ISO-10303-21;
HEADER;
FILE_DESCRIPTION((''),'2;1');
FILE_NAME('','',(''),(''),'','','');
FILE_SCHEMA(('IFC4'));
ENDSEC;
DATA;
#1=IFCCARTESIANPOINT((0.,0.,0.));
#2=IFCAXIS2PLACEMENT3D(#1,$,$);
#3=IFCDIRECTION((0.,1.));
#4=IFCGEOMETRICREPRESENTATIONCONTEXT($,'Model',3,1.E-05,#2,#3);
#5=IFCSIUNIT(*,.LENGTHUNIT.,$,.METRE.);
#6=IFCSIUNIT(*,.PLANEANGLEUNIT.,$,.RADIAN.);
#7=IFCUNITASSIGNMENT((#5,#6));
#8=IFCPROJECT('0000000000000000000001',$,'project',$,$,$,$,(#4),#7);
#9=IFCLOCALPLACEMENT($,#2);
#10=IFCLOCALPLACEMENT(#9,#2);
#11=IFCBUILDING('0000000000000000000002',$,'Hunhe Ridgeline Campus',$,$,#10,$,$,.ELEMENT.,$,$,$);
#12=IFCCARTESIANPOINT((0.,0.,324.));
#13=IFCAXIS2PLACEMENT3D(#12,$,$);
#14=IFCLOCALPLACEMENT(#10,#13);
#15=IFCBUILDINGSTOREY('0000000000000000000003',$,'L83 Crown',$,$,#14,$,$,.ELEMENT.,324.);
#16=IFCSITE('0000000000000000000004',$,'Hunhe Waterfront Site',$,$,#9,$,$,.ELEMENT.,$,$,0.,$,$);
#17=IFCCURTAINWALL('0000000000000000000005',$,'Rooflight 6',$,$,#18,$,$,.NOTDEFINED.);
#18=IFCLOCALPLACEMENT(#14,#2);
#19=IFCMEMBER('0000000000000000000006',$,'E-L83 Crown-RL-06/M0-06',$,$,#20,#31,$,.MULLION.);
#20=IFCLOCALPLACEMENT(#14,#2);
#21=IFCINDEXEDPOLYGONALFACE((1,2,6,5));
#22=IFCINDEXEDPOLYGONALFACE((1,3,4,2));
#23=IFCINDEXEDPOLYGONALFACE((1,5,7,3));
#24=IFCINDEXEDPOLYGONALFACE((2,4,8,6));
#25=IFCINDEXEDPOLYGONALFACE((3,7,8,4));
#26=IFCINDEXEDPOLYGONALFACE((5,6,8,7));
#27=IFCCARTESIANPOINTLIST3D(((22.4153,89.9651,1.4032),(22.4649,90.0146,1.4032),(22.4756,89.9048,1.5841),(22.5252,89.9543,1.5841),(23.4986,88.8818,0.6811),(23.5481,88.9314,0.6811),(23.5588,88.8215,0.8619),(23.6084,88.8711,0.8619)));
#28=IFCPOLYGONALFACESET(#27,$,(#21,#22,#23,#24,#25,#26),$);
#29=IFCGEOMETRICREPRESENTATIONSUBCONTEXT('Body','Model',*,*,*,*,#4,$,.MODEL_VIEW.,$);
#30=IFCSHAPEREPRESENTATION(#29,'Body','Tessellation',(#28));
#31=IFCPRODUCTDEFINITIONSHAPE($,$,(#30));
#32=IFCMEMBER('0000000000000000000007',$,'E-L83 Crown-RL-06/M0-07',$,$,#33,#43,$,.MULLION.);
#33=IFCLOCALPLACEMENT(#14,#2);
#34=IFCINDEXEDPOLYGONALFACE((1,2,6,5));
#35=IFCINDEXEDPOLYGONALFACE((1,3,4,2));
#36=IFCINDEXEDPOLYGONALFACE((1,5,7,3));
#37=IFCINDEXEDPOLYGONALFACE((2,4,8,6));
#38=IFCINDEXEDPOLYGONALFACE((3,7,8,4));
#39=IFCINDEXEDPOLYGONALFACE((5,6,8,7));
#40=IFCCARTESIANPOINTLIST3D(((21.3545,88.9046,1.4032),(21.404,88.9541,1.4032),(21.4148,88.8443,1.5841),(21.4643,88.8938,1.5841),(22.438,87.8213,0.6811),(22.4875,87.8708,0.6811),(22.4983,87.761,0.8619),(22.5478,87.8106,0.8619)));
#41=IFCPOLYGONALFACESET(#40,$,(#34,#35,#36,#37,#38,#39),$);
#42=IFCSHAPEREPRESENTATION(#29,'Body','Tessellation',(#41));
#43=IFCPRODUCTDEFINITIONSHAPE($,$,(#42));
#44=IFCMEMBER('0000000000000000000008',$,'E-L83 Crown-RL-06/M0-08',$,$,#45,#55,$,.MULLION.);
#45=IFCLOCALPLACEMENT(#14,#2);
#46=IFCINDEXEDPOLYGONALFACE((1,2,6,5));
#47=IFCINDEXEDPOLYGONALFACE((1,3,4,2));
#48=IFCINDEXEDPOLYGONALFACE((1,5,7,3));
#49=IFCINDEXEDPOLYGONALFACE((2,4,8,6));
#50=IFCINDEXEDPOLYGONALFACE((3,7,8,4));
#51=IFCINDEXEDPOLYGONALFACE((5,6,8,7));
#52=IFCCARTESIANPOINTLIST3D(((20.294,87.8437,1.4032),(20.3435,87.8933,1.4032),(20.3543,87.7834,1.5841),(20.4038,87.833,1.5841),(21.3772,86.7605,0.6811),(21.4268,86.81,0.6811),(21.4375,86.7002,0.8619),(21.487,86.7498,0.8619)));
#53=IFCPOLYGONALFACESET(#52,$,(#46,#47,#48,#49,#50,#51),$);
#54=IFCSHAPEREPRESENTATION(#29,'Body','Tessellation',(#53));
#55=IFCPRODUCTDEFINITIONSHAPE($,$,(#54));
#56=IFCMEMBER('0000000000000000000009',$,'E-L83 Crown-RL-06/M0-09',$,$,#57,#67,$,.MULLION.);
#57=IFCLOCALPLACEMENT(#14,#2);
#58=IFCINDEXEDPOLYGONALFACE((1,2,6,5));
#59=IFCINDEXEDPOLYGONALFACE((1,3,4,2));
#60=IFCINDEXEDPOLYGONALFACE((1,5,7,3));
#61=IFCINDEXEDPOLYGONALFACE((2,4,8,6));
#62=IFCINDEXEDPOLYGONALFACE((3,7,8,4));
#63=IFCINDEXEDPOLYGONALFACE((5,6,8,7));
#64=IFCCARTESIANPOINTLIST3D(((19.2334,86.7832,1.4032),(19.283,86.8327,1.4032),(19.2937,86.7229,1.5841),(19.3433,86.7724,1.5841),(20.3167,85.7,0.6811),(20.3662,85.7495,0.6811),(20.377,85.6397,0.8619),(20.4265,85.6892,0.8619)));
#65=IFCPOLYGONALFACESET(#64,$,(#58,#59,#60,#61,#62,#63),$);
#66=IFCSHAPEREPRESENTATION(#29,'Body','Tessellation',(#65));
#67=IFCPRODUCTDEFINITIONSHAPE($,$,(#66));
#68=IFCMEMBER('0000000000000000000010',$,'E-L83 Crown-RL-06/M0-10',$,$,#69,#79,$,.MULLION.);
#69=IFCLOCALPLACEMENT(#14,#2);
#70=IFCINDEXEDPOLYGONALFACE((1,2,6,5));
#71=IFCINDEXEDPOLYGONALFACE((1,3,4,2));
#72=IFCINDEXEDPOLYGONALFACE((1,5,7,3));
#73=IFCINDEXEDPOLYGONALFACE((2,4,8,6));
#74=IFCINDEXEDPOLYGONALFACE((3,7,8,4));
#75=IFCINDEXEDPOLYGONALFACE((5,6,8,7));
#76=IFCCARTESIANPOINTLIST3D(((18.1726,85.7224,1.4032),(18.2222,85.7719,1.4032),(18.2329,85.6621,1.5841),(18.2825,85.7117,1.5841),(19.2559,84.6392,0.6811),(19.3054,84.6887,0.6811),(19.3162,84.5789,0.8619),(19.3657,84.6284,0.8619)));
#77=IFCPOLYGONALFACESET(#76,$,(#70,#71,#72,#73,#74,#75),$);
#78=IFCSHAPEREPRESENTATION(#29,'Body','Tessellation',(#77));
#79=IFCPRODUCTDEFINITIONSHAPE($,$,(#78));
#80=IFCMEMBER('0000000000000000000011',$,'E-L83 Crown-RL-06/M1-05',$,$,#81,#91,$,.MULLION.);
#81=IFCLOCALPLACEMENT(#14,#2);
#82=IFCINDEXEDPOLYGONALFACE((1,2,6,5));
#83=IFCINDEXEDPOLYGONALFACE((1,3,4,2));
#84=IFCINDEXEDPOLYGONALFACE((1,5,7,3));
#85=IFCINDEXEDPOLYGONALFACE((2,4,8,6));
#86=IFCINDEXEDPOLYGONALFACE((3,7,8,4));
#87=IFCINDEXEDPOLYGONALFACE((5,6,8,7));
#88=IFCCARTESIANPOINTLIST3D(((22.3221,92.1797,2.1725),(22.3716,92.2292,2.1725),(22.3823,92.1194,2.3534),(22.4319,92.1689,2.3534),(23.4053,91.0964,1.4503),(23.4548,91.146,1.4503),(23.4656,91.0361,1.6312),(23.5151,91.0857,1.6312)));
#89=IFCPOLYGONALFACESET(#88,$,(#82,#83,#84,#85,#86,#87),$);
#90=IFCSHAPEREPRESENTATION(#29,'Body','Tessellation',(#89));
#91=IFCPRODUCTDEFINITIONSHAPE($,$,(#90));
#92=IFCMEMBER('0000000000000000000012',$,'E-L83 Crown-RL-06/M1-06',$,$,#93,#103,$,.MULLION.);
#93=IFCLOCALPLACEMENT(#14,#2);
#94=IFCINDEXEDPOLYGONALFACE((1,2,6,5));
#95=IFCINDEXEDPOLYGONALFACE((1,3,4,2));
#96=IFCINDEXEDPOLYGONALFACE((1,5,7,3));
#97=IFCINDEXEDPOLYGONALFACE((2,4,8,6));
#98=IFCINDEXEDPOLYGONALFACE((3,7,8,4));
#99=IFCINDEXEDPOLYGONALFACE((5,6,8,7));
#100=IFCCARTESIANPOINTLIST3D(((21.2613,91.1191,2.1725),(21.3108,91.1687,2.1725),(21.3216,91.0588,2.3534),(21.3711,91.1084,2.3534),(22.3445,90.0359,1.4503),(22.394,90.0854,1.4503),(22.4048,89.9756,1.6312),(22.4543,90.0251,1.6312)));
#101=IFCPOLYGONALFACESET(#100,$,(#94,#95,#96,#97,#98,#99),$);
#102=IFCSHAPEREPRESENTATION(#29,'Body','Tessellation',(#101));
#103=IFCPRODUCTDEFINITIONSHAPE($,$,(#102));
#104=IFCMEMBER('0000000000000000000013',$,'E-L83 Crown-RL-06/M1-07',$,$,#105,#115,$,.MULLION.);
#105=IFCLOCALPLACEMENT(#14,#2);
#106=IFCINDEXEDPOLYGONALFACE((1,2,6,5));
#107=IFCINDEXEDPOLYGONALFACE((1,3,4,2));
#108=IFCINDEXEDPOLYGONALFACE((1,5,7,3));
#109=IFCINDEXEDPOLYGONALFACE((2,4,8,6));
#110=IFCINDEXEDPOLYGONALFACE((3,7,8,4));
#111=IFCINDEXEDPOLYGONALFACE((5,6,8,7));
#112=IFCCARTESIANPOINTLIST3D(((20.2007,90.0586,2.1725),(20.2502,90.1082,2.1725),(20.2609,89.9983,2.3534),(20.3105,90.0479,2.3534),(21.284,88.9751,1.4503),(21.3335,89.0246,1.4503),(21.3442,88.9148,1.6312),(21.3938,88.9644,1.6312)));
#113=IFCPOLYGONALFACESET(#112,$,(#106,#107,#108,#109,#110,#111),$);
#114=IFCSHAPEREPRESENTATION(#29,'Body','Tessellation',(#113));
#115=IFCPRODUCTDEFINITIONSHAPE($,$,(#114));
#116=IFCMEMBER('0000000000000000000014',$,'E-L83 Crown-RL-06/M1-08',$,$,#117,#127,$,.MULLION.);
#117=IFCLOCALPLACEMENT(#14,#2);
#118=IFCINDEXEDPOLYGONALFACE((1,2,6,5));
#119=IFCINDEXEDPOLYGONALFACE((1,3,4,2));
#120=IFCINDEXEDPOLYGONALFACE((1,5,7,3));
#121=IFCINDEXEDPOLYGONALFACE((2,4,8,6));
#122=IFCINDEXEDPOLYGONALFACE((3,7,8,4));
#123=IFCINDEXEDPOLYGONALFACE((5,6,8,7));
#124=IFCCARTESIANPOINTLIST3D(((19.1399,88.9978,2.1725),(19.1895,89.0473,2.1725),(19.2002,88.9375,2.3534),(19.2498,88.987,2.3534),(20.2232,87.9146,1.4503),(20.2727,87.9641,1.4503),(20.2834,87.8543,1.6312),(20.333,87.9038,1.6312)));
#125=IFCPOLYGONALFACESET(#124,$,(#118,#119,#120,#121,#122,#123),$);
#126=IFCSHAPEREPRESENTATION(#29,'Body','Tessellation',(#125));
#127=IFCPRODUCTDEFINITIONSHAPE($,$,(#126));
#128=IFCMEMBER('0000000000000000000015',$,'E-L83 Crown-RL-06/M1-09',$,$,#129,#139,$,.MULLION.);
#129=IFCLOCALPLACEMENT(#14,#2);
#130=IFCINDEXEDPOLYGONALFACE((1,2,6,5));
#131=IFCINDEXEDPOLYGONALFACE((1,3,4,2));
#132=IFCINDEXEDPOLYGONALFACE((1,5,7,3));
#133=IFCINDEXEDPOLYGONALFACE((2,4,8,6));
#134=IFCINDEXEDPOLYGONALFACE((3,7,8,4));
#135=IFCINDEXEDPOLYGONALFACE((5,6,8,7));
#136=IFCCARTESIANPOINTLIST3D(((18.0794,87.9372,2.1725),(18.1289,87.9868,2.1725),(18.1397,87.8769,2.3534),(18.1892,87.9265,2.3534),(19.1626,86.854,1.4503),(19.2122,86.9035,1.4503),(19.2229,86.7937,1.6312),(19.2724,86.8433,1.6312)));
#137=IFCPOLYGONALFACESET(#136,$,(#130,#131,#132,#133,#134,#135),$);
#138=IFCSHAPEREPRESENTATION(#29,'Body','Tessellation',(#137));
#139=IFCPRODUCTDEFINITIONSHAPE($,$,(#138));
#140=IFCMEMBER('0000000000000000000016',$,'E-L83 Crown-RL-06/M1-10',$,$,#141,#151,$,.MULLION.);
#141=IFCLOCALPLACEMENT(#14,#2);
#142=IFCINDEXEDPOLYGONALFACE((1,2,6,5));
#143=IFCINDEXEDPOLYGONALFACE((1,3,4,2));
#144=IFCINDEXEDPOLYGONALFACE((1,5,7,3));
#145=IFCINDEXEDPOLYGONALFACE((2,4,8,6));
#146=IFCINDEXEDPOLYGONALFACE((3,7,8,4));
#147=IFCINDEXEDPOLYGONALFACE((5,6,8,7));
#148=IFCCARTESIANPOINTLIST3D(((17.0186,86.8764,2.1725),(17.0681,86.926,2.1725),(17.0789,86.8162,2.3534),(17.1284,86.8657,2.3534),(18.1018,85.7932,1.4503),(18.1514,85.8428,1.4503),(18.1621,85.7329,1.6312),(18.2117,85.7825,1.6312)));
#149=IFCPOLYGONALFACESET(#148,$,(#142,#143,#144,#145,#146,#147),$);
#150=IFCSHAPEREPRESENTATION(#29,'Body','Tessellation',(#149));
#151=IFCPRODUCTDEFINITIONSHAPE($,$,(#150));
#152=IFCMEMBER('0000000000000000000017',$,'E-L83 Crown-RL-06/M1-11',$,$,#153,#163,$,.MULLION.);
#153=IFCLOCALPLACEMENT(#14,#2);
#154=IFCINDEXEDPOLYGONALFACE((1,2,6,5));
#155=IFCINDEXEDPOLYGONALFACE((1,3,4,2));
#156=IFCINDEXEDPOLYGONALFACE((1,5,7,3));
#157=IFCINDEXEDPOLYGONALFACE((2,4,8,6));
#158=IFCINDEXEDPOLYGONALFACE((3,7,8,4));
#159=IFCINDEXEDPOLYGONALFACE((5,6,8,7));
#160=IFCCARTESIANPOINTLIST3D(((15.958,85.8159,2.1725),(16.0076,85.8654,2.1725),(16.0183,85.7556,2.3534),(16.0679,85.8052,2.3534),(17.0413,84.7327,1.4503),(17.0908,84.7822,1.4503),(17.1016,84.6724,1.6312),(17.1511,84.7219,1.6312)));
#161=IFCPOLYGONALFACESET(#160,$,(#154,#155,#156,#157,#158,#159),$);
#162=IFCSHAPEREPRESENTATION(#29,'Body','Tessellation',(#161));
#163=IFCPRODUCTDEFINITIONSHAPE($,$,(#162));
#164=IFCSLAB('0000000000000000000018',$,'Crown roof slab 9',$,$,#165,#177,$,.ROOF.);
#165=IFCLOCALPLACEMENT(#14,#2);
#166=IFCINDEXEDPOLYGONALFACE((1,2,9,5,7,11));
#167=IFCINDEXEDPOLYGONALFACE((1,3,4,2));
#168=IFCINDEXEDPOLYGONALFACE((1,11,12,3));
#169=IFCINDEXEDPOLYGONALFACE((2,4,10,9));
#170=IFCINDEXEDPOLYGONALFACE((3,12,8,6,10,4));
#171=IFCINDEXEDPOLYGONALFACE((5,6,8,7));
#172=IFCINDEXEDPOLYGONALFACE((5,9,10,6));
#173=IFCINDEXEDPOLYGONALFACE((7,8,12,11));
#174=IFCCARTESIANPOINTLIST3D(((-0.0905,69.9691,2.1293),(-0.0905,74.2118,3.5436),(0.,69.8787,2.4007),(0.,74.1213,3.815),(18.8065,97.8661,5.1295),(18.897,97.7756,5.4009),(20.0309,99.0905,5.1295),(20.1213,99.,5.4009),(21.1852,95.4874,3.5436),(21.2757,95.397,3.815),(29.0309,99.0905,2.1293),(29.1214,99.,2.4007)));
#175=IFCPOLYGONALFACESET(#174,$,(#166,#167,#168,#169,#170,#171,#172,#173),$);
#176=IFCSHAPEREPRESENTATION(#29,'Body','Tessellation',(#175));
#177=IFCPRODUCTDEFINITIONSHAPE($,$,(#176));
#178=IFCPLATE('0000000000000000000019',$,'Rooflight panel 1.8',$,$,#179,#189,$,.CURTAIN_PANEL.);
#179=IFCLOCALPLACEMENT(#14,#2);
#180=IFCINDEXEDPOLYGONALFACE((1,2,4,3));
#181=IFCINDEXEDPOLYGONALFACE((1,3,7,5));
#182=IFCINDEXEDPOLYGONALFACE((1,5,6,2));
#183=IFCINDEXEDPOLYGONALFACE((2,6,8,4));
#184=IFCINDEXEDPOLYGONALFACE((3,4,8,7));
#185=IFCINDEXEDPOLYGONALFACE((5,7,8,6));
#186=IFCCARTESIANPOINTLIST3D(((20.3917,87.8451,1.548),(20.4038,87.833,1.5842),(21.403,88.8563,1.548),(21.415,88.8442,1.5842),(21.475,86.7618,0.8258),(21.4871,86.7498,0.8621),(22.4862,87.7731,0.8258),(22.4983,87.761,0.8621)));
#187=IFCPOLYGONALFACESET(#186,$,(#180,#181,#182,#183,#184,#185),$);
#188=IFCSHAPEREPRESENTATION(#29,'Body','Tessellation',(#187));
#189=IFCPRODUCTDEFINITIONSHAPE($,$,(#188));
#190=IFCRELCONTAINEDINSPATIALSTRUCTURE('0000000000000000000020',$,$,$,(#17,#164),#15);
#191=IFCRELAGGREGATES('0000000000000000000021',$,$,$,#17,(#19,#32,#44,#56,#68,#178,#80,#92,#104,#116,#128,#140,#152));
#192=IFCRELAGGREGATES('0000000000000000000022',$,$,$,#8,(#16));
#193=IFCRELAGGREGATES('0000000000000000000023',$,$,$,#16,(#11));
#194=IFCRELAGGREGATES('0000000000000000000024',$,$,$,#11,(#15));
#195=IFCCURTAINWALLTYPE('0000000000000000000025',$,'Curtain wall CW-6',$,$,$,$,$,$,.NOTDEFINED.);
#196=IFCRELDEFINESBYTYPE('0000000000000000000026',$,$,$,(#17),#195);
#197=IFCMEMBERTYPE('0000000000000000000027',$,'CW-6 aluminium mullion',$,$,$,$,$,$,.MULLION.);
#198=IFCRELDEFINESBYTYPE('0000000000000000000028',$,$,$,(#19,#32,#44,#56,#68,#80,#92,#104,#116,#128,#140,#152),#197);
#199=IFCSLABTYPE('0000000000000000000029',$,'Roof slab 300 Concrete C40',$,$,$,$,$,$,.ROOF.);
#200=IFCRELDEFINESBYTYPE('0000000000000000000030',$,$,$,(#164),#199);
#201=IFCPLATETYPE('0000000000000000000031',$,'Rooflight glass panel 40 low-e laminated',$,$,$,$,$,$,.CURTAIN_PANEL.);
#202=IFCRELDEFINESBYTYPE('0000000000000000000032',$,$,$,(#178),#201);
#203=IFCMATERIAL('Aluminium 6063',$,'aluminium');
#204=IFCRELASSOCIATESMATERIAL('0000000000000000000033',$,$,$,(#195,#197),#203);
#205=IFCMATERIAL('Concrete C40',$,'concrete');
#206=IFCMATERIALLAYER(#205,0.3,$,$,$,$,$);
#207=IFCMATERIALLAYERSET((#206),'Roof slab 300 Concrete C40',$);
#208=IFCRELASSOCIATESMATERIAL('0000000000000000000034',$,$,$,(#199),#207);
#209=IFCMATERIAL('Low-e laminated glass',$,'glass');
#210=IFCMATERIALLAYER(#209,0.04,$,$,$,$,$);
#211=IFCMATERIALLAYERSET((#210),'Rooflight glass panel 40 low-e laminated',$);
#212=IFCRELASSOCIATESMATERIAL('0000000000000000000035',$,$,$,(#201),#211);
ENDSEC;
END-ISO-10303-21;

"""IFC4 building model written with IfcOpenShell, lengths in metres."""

from ifc_helpers import new_model, si_unit, direction, frame, origin, origin_2d, place, context, subcontext, project, spatial, polyline, rectangle, outline, extrude, material, layer, layer_set, material_profile, profile_set, type_object, element, aggregate, save


model = new_model("IFC4")

# Units and contexts
model_context = context("Model", 3, precision=1e-05, world=origin(), true_north=direction((0.0, 1.0)))
body_context = subcontext(model_context, "Body", "Model", "MODEL_VIEW")
ifc_project = project(units=[si_unit("LENGTHUNIT", "METRE"), si_unit("PLANEANGLEUNIT", "RADIAN")], contexts=[model_context])

# Site, building, storey
site_placement = place(None, origin())
site = spatial("IfcSite", under=ifc_project, at=site_placement, Name="Hunhe Waterfront Site", CompositionType="ELEMENT", RefElevation=0.0)
building_placement = place(site_placement, origin())
building = spatial("IfcBuilding", under=site, at=building_placement, Name="Hunhe Ridgeline Campus", CompositionType="ELEMENT")
storey_placement = place(building_placement, frame((0.0, 0.0, 324.0)))
storey = spatial("IfcBuildingStorey", under=building, at=storey_placement, Name="L83 Crown", CompositionType="ELEMENT", Elevation=324.0)

# Curtain wall, members
ifc_material_1 = material(Name="Aluminium 6063", Category="aluminium")
curtain_wall_type = type_object("IfcCurtainWallType", Name="Curtain wall CW-6", PredefinedType="NOTDEFINED", material=ifc_material_1)
curtain_wall_placement = place(storey_placement, origin())
curtain_wall = element("IfcCurtainWall", 1, at=curtain_wall_placement, inside=storey, type_object=curtain_wall_type, Name="Rooflight 6", PredefinedType="NOTDEFINED")
ifc_material_profile = material_profile(ifc_material_1, rectangle(XDim=0.0701, YDim=0.2, at=origin_2d()))
ifc_profile_set = profile_set([ifc_material_profile], Name="Aluminium 6063")
member_type = type_object("IfcMemberType", Name="CW-6 aluminium mullion", PredefinedType="MULLION", material=ifc_profile_set)
member_1_placement = place(storey_placement, frame((23.5535, 88.8765, 0.7715), z_axis=(-0.639602, 0.639602, 0.426401), x_axis=(-0.707107, -0.707107, 0.0)))
member_1 = element("IfcMember", 2, at=member_1_placement, type_object=member_type, Name="E-L83 Crown-RL-06/M0-06", PredefinedType="MULLION", context=body_context, shape_type="SweptSolid", body=[
    extrude(rectangle(XDim=0.0701, YDim=0.2, at=origin_2d()), origin(), (0.0, 0.0, 1.0), 1.6936),
])
member_2_placement = place(storey_placement, frame((22.4929, 87.8159, 0.7715), z_axis=(-0.639687, 0.639543, 0.426362), x_axis=(-0.707027, -0.707186, 0.0)))
member_2 = element("IfcMember", 3, at=member_2_placement, type_object=member_type, Name="E-L83 Crown-RL-06/M0-07", PredefinedType="MULLION", context=body_context, shape_type="SweptSolid", body=[
    extrude(rectangle(XDim=0.0701, YDim=0.2, at=origin_2d()), origin(), (0.0, 0.0, 1.0), 1.6938),
])
member_3_placement = place(storey_placement, frame((21.4321, 86.7551, 0.7715), z_axis=(-0.639602, 0.639602, 0.426401), x_axis=(-0.707107, -0.707107, 0.0)))
member_3 = element("IfcMember", 4, at=member_3_placement, type_object=member_type, Name="E-L83 Crown-RL-06/M0-08", PredefinedType="MULLION", context=body_context, shape_type="SweptSolid", body=[
    extrude(rectangle(XDim=0.0701, YDim=0.2, at=origin_2d()), origin(), (0.0, 0.0, 1.0), 1.6936),
])
member_4_placement = place(storey_placement, frame((20.3716, 85.6946, 0.7715), z_axis=(-0.639602, 0.639602, 0.426401), x_axis=(-0.707107, -0.707107, 0.0)))
member_4 = element("IfcMember", 5, at=member_4_placement, type_object=member_type, Name="E-L83 Crown-RL-06/M0-09", PredefinedType="MULLION", context=body_context, shape_type="SweptSolid", body=[
    extrude(rectangle(XDim=0.0701, YDim=0.2, at=origin_2d()), origin(), (0.0, 0.0, 1.0), 1.6936),
])
member_5_placement = place(storey_placement, frame((19.3108, 84.6338, 0.7715), z_axis=(-0.639602, 0.639602, 0.426401), x_axis=(-0.707107, -0.707107, 0.0)))
member_5 = element("IfcMember", 6, at=member_5_placement, type_object=member_type, Name="E-L83 Crown-RL-06/M0-10", PredefinedType="MULLION", context=body_context, shape_type="SweptSolid", body=[
    extrude(rectangle(XDim=0.0701, YDim=0.2, at=origin_2d()), origin(), (0.0, 0.0, 1.0), 1.6936),
])
member_6_placement = place(storey_placement, frame((23.4602, 91.0911, 1.5408), z_axis=(-0.639602, 0.639602, 0.426401), x_axis=(-0.707107, -0.707107, 0.0)))
member_6 = element("IfcMember", 7, at=member_6_placement, type_object=member_type, Name="E-L83 Crown-RL-06/M1-05", PredefinedType="MULLION", context=body_context, shape_type="SweptSolid", body=[
    extrude(rectangle(XDim=0.0701, YDim=0.2, at=origin_2d()), origin(), (0.0, 0.0, 1.0), 1.6936),
])
member_7_placement = place(storey_placement, frame((22.3994, 90.0305, 1.5408), z_axis=(-0.639602, 0.639602, 0.426401), x_axis=(-0.707107, -0.707107, 0.0)))
member_7 = element("IfcMember", 8, at=member_7_placement, type_object=member_type, Name="E-L83 Crown-RL-06/M1-06", PredefinedType="MULLION", context=body_context, shape_type="SweptSolid", body=[
    extrude(rectangle(XDim=0.0701, YDim=0.2, at=origin_2d()), origin(), (0.0, 0.0, 1.0), 1.6936),
])
member_8_placement = place(storey_placement, frame((21.3389, 88.9697, 1.5408), z_axis=(-0.639543, 0.639687, 0.426362), x_axis=(-0.707186, -0.707027, 0.0)))
member_8 = element("IfcMember", 9, at=member_8_placement, type_object=member_type, Name="E-L83 Crown-RL-06/M1-07", PredefinedType="MULLION", context=body_context, shape_type="SweptSolid", body=[
    extrude(rectangle(XDim=0.0701, YDim=0.2, at=origin_2d()), origin(), (0.0, 0.0, 1.0), 1.6938),
])
member_9_placement = place(storey_placement, frame((20.2781, 87.9092, 1.5408), z_axis=(-0.639602, 0.639602, 0.426401), x_axis=(-0.707107, -0.707107, 0.0)))
member_9 = element("IfcMember", 10, at=member_9_placement, type_object=member_type, Name="E-L83 Crown-RL-06/M1-08", PredefinedType="MULLION", context=body_context, shape_type="SweptSolid", body=[
    extrude(rectangle(XDim=0.0701, YDim=0.2, at=origin_2d()), origin(), (0.0, 0.0, 1.0), 1.6936),
])
member_10_placement = place(storey_placement, frame((19.2175, 86.8486, 1.5408), z_axis=(-0.639602, 0.639602, 0.426401), x_axis=(-0.707107, -0.707107, 0.0)))
member_10 = element("IfcMember", 11, at=member_10_placement, type_object=member_type, Name="E-L83 Crown-RL-06/M1-09", PredefinedType="MULLION", context=body_context, shape_type="SweptSolid", body=[
    extrude(rectangle(XDim=0.0701, YDim=0.2, at=origin_2d()), origin(), (0.0, 0.0, 1.0), 1.6936),
])
member_11_placement = place(storey_placement, frame((18.1567, 85.7878, 1.5408), z_axis=(-0.639602, 0.639602, 0.426401), x_axis=(-0.707107, -0.707107, 0.0)))
member_11 = element("IfcMember", 12, at=member_11_placement, type_object=member_type, Name="E-L83 Crown-RL-06/M1-10", PredefinedType="MULLION", context=body_context, shape_type="SweptSolid", body=[
    extrude(rectangle(XDim=0.0701, YDim=0.2, at=origin_2d()), origin(), (0.0, 0.0, 1.0), 1.6936),
])
member_12_placement = place(storey_placement, frame((17.0962, 84.7273, 1.5408), z_axis=(-0.639602, 0.639602, 0.426401), x_axis=(-0.707107, -0.707107, 0.0)))
member_12 = element("IfcMember", 13, at=member_12_placement, type_object=member_type, Name="E-L83 Crown-RL-06/M1-11", PredefinedType="MULLION", context=body_context, shape_type="SweptSolid", body=[
    extrude(rectangle(XDim=0.0701, YDim=0.2, at=origin_2d()), origin(), (0.0, 0.0, 1.0), 1.6936),
])

# Slab
ifc_material_2 = material(Name="Concrete C40", Category="concrete")
ifc_layer_1 = layer(ifc_material_2, 0.3)
ifc_layer_set_1 = layer_set([ifc_layer_1], Name="Roof slab 300 Concrete C40")
slab_type = type_object("IfcSlabType", Name="Roof slab 300 Concrete C40", PredefinedType="ROOF", material=ifc_layer_set_1)
slab_placement = place(storey_placement, frame((20.1213, 99.0, 5.4009), z_axis=(0.301526, -0.301528, 0.904524), x_axis=(-0.707107, -0.707107, -0.000001)))
element("IfcSlab", 14, at=slab_placement, inside=storey, type_object=slab_type, Name="Crown roof slab 9", PredefinedType="ROOF", context=body_context, shape_type="SweptSolid", body=[
    extrude(outline(polyline([(0.0, 0.0), (1.7315, 0.0), (1.7315, 3.719), (31.8198, 3.719), (34.8198, 7.0357), (-6.364, 7.0357), (0.0, 0.0)])), origin(), (0.0, 0.0, -1.0), 0.3),
])

# Plate
ifc_material_3 = material(Name="Low-e laminated glass", Category="glass")
ifc_layer_2 = layer(ifc_material_3, 0.04)
ifc_layer_set_2 = layer_set([ifc_layer_2], Name="Rooflight glass panel 40 low-e laminated")
plate_type = type_object("IfcPlateType", Name="Rooflight glass panel 40 low-e laminated", PredefinedType="CURTAIN_PANEL", material=ifc_layer_set_2)
plate_1_placement = place(storey_placement, frame((22.4983, 87.761, 0.8621), z_axis=(0.301511, -0.301511, 0.904534), x_axis=(-0.639602, 0.639602, 0.426401)))
plate_1 = element("IfcPlate", 15, at=plate_1_placement, type_object=plate_type, Name="Rooflight panel 1.8", PredefinedType="CURTAIN_PANEL", context=body_context, shape_type="SweptSolid", body=[
    extrude(outline(polyline([(0.0, 0.0), (1.6936, 0.0), (1.6936, 1.4301), (0.0, 1.4301), (0.0, 0.0)])), origin(), (0.0, 0.0, -1.0), 0.04),
])
aggregate(curtain_wall, [member_1, member_2, member_3, member_4, member_5, plate_1, member_6, member_7, member_8, member_9, member_10, member_11, member_12])

save(model, "model.ifc")
